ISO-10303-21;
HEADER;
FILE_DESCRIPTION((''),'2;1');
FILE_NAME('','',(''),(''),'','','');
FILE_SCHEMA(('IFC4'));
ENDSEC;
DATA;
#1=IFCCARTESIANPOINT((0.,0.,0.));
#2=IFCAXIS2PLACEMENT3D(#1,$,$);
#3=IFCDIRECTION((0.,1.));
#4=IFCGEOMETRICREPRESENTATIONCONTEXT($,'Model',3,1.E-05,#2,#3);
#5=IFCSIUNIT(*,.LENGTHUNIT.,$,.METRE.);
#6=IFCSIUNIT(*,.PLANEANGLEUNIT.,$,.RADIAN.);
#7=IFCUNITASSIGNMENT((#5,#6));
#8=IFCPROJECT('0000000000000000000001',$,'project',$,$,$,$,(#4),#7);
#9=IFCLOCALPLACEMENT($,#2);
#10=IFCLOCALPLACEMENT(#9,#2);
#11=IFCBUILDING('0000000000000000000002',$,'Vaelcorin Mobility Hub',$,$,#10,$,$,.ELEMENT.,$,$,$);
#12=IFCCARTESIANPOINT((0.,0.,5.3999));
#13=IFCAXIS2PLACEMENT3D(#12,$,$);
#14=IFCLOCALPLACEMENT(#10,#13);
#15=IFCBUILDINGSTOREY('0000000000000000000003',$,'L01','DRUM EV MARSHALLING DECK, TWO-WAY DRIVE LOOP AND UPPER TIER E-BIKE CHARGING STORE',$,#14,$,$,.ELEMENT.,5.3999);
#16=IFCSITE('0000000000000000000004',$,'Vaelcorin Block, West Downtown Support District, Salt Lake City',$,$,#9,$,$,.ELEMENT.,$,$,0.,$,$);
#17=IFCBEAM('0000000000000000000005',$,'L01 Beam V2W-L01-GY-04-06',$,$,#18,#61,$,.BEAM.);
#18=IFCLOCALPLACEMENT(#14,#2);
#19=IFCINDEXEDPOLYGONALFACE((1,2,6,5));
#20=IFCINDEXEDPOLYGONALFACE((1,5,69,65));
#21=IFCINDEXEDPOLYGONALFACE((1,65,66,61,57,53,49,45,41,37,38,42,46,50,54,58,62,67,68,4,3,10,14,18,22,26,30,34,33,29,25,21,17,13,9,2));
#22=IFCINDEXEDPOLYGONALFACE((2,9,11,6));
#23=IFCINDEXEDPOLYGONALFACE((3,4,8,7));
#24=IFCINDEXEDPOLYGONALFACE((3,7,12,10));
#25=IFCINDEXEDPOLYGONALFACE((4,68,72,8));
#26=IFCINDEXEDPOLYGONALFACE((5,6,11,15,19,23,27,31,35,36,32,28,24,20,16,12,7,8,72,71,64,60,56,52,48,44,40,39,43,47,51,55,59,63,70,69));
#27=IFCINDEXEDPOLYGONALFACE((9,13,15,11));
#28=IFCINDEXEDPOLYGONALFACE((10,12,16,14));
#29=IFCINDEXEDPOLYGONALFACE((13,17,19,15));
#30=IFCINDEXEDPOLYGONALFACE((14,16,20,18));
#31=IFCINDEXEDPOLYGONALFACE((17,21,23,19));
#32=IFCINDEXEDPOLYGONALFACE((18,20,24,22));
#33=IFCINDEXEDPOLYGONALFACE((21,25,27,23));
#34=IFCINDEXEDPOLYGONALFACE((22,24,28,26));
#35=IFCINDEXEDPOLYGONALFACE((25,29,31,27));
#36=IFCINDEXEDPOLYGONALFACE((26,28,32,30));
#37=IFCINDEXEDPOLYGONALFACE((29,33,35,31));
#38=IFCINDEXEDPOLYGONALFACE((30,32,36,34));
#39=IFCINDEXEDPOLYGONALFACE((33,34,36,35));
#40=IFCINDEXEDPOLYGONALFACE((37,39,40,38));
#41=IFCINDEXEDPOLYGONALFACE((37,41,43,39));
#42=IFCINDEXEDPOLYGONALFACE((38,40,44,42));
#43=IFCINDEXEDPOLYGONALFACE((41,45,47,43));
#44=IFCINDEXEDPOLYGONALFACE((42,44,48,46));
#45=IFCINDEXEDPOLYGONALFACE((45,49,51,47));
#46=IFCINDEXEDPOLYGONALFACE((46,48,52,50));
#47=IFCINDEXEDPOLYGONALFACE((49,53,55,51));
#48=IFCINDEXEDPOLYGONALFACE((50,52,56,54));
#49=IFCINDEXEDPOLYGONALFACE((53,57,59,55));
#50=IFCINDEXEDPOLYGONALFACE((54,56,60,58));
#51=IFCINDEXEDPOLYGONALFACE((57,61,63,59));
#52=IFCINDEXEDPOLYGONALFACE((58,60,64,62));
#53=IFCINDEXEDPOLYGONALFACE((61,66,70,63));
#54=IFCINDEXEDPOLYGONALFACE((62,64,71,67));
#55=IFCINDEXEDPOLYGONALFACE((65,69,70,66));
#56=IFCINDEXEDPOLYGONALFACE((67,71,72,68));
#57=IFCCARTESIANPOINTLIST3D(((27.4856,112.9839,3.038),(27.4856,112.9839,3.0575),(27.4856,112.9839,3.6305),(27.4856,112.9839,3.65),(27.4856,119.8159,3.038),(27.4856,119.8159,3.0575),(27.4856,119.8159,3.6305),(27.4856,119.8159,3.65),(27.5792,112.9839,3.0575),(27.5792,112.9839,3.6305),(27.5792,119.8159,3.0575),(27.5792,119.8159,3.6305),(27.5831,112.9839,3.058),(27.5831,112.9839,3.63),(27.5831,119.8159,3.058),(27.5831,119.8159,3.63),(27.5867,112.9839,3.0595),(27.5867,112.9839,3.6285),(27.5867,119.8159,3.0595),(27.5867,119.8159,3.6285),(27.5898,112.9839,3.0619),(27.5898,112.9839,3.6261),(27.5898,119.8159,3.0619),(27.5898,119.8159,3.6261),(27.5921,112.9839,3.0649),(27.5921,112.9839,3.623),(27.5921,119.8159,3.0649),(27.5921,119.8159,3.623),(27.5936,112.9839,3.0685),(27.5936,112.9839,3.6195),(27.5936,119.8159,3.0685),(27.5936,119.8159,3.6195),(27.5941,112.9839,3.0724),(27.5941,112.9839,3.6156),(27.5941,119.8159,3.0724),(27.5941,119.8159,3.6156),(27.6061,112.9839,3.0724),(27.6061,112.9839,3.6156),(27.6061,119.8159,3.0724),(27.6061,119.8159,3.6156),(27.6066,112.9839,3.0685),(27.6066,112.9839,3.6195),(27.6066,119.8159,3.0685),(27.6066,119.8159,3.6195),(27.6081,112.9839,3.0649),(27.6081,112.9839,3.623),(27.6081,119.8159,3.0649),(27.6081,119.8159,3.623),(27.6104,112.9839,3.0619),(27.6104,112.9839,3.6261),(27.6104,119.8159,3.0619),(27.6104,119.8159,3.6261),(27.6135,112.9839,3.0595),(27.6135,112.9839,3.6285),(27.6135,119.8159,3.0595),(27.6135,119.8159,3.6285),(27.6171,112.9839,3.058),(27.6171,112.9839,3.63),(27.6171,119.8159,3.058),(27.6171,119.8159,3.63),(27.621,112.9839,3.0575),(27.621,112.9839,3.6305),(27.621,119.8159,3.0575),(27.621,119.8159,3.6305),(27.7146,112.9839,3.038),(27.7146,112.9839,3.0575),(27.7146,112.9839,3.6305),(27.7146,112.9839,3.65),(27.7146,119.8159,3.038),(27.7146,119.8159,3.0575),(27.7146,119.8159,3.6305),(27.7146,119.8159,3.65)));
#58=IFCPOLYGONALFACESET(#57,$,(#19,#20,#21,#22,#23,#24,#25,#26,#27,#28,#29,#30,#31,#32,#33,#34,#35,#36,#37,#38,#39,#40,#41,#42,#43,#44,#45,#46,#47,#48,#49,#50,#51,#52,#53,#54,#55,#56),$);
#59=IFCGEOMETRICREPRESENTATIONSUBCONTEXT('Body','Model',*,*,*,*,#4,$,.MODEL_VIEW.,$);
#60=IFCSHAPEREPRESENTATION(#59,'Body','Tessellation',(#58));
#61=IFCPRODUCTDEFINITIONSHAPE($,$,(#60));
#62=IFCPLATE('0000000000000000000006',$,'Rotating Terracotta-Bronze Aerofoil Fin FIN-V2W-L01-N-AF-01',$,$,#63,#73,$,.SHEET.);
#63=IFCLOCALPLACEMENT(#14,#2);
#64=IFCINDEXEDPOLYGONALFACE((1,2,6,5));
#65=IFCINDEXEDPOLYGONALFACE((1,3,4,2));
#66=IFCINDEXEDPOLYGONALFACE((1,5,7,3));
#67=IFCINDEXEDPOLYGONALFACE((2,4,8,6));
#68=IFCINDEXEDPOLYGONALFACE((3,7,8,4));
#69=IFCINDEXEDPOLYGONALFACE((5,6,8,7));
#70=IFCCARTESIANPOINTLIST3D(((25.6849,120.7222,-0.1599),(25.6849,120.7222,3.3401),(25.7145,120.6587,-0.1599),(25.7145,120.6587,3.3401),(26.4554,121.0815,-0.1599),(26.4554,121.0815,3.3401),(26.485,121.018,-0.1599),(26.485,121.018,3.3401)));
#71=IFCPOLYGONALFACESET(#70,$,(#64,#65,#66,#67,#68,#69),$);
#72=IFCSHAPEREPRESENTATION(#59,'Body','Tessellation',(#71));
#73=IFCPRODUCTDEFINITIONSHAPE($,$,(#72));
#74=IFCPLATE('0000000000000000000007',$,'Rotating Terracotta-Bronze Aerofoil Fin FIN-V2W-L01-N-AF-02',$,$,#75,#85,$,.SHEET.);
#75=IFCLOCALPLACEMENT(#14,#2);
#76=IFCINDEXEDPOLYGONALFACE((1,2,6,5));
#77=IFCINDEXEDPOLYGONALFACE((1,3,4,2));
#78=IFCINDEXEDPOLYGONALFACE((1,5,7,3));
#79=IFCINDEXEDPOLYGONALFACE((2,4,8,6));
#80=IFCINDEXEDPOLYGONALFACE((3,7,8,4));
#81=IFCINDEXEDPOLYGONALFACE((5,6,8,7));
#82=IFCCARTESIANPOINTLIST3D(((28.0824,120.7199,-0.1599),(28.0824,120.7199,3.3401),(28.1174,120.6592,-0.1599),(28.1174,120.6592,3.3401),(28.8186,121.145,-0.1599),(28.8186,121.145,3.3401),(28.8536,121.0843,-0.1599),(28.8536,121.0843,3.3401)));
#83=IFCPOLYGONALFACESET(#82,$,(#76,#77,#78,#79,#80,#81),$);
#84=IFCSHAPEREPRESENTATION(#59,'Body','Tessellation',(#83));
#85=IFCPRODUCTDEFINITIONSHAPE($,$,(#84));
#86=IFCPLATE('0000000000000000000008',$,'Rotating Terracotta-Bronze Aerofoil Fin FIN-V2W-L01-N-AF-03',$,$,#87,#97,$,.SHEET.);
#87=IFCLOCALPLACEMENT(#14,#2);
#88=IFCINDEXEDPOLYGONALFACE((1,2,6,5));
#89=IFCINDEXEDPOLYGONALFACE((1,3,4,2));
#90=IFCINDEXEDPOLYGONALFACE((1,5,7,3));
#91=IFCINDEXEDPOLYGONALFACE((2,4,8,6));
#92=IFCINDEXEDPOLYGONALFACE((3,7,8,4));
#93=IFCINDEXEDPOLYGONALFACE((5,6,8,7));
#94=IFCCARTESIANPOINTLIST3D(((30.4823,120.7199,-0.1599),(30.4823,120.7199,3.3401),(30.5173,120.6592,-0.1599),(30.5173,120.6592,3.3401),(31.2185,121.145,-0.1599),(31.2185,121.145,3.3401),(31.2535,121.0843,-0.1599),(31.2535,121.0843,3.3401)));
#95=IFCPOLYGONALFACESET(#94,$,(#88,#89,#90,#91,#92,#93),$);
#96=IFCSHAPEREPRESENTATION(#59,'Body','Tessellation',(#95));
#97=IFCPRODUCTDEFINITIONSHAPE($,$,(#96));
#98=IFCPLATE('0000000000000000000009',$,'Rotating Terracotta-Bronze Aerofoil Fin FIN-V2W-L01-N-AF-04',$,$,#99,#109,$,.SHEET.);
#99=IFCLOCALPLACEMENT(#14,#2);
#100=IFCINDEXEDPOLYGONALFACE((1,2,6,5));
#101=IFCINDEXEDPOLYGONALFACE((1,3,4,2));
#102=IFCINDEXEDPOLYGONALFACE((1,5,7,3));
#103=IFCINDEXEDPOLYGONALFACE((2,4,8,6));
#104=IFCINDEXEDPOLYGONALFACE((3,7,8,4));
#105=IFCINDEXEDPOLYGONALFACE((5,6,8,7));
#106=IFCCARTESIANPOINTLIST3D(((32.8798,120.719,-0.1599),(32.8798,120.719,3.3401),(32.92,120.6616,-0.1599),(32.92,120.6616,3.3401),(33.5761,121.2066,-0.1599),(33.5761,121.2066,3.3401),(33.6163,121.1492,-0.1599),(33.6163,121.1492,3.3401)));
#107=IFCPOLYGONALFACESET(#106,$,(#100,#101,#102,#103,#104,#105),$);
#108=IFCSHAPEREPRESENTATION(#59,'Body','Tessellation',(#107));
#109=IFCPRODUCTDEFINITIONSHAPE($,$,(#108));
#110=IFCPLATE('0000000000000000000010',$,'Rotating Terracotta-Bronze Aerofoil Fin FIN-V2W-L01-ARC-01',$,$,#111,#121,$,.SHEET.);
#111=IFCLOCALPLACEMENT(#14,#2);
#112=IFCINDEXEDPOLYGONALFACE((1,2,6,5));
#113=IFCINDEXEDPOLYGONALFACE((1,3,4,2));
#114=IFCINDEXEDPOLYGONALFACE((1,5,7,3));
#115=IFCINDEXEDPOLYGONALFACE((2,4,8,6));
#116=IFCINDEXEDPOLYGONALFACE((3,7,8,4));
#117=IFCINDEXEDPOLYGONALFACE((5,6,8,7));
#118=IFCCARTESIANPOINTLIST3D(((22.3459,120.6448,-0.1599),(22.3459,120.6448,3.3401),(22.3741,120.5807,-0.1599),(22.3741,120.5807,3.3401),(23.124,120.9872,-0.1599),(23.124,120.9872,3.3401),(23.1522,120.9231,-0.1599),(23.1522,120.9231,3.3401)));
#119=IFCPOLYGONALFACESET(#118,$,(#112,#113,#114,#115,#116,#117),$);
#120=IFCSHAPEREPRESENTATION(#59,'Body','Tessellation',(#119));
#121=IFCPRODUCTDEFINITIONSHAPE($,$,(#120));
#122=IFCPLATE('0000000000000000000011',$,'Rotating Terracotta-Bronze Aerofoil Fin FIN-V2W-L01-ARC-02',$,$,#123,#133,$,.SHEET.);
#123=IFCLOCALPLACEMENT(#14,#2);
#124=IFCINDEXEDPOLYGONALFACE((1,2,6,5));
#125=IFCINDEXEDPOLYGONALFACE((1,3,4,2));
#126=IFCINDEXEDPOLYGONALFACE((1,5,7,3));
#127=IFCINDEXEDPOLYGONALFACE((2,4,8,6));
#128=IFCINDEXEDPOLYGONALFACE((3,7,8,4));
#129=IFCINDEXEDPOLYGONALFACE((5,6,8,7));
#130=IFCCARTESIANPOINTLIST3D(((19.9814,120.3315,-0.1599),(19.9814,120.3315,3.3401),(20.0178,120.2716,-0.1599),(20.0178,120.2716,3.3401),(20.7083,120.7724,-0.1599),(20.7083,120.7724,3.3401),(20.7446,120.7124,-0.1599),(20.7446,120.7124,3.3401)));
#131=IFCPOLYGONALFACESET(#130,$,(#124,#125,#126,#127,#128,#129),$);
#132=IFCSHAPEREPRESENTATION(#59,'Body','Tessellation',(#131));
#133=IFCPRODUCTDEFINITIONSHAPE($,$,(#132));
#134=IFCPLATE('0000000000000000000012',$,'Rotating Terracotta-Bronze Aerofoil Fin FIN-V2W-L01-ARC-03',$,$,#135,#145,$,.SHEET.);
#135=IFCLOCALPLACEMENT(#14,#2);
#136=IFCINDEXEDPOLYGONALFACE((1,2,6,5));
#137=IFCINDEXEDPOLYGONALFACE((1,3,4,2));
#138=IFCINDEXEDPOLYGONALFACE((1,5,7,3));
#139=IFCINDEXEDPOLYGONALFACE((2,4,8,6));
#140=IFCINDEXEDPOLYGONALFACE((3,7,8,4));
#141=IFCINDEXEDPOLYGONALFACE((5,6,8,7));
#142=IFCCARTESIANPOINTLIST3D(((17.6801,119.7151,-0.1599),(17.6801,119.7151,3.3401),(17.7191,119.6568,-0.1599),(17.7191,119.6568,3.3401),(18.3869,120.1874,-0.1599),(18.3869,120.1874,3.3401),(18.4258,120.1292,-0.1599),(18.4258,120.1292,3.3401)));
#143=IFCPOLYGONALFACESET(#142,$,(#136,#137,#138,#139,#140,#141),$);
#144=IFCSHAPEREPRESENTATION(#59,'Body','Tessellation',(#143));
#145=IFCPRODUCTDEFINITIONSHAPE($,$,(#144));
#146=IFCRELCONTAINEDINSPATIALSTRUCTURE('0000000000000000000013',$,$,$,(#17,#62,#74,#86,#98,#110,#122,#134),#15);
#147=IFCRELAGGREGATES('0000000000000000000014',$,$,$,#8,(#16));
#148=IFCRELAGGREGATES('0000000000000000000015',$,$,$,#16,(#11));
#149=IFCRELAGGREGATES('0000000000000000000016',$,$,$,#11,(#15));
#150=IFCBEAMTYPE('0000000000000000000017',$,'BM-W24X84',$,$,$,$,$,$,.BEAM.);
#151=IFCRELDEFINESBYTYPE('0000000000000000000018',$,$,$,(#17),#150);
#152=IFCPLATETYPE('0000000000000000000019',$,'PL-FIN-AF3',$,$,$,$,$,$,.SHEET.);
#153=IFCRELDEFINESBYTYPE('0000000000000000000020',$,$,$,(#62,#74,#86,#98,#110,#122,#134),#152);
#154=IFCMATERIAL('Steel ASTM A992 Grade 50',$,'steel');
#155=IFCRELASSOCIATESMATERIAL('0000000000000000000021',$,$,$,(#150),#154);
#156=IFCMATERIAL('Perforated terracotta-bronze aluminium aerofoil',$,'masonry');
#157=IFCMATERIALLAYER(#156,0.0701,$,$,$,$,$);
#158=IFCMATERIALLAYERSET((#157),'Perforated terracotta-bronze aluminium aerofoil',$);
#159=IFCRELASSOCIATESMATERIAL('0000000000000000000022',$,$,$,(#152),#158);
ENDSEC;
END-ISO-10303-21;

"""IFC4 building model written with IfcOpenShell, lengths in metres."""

from ifc_helpers import new_model, si_unit, direction, frame, origin, origin_2d, place, context, subcontext, project, spatial, rectangle, i_section, extrude, material, layer, layer_set, material_profile, profile_set, type_object, element, save


model = new_model("IFC4")

# Units and contexts
model_context = context("Model", 3, precision=1e-05, world=origin(), true_north=direction((0.0, 1.0)))
body_context = subcontext(model_context, "Body", "Model", "MODEL_VIEW")
ifc_project = project(units=[si_unit("LENGTHUNIT", "METRE"), si_unit("PLANEANGLEUNIT", "RADIAN")], contexts=[model_context])

# Site, building, storey
site_placement = place(None, origin())
site = spatial("IfcSite", under=ifc_project, at=site_placement, Name="Vaelcorin Block, West Downtown Support District, Salt Lake City", CompositionType="ELEMENT", RefElevation=0.0)
building_placement = place(site_placement, origin())
building = spatial("IfcBuilding", under=site, at=building_placement, Name="Vaelcorin Mobility Hub", CompositionType="ELEMENT")
storey_placement = place(building_placement, frame((0.0, 0.0, 5.3999)))
storey = spatial("IfcBuildingStorey", under=building, at=storey_placement, Name="L01", Description="DRUM EV MARSHALLING DECK, TWO-WAY DRIVE LOOP AND UPPER TIER E-BIKE CHARGING STORE", CompositionType="ELEMENT", Elevation=5.3999)

# Shared definitions
ifc_material_1 = material(Name="Steel ASTM A992 Grade 50", Category="steel")

# Beam
ifc_material_profile_1 = material_profile(ifc_material_1, i_section(OverallWidth=0.229, OverallDepth=0.6121, WebThickness=0.012, FlangeThickness=0.0195, FilletRadius=0.0149, at=origin_2d()), Name="W24X84")
ifc_profile_set_1 = profile_set([ifc_material_profile_1], Name="Steel ASTM A992 Grade 50")
beam_type_1 = type_object("IfcBeamType", Name="BM-W24X84", PredefinedType="BEAM", material=ifc_profile_set_1)
for number, where, z_axis, x_axis, name in (
    (1, (27.6001, 112.9839, 3.344), (0.0, 1.0, 0.0), (-1.0, 0.0, 0.0), "L01 Beam V2W-L01-GY-04-06"),
):
    element("IfcBeam", number, at=place(storey_placement, frame(where, z_axis=z_axis, x_axis=x_axis)), inside=storey, type_object=beam_type_1, Name=name, PredefinedType="BEAM", context=body_context, shape_type="SweptSolid", body=[
        extrude(i_section(OverallWidth=0.229, OverallDepth=0.6121, WebThickness=0.012, FlangeThickness=0.0195, FilletRadius=0.0149, at=origin_2d()), origin(), (0.0, 0.0, 1.0), 6.832),
    ])

# Plates
ifc_material_2 = material(Name="Perforated terracotta-bronze aluminium aerofoil", Category="masonry")
ifc_layer_1 = layer(ifc_material_2, 0.0701)
ifc_layer_set_1 = layer_set([ifc_layer_1], Name="Perforated terracotta-bronze aluminium aerofoil")
plate_type = type_object("IfcPlateType", Name="PL-FIN-AF3", PredefinedType="SHEET", material=ifc_layer_set_1)
for number, where, z_axis, x_axis, name in (
    (2, (26.085, 120.8701, -0.1599), (0.0, 0.0, 1.0), (0.906308, 0.422618, 0.0), "Rotating Terracotta-Bronze Aerofoil Fin FIN-V2W-L01-N-AF-01"),
    (3, (28.468, 120.9021, -0.1599), (0.0, 0.0, 1.0), (0.866025, 0.5, 0.0), "Rotating Terracotta-Bronze Aerofoil Fin FIN-V2W-L01-N-AF-02"),
    (4, (30.8679, 120.9021, -0.1599), (0.0, 0.0, 1.0), (0.866025, 0.5, 0.0), "Rotating Terracotta-Bronze Aerofoil Fin FIN-V2W-L01-N-AF-03"),
    (5, (33.248, 120.9341, -0.1599), (0.0, 0.0, 1.0), (0.819152, 0.573576, 0.0), "Rotating Terracotta-Bronze Aerofoil Fin FIN-V2W-L01-N-AF-04"),
    (6, (22.749, 120.7839, -0.1599), (0.0, 0.0, 1.0), (0.915304, 0.402763, 0.0), "Rotating Terracotta-Bronze Aerofoil Fin FIN-V2W-L01-ARC-01"),
    (7, (20.363, 120.522, -0.1599), (0.0, 0.0, 1.0), (0.855021, 0.518594, 0.0), "Rotating Terracotta-Bronze Aerofoil Fin FIN-V2W-L01-ARC-02"),
    (8, (18.053, 119.9221, -0.1599), (0.0, 0.0, 1.0), (0.831392, 0.555686, 0.0), "Rotating Terracotta-Bronze Aerofoil Fin FIN-V2W-L01-ARC-03"),
):
    element("IfcPlate", number, at=place(storey_placement, frame(where, z_axis=z_axis, x_axis=x_axis)), inside=storey, type_object=plate_type, Name=name, PredefinedType="SHEET", context=body_context, shape_type="SweptSolid", body=[
        extrude(rectangle(XDim=0.8501, YDim=0.0701, at=origin_2d()), origin(), (0.0, 0.0, 1.0), 3.5),
    ])

save(model, "model.ifc")
